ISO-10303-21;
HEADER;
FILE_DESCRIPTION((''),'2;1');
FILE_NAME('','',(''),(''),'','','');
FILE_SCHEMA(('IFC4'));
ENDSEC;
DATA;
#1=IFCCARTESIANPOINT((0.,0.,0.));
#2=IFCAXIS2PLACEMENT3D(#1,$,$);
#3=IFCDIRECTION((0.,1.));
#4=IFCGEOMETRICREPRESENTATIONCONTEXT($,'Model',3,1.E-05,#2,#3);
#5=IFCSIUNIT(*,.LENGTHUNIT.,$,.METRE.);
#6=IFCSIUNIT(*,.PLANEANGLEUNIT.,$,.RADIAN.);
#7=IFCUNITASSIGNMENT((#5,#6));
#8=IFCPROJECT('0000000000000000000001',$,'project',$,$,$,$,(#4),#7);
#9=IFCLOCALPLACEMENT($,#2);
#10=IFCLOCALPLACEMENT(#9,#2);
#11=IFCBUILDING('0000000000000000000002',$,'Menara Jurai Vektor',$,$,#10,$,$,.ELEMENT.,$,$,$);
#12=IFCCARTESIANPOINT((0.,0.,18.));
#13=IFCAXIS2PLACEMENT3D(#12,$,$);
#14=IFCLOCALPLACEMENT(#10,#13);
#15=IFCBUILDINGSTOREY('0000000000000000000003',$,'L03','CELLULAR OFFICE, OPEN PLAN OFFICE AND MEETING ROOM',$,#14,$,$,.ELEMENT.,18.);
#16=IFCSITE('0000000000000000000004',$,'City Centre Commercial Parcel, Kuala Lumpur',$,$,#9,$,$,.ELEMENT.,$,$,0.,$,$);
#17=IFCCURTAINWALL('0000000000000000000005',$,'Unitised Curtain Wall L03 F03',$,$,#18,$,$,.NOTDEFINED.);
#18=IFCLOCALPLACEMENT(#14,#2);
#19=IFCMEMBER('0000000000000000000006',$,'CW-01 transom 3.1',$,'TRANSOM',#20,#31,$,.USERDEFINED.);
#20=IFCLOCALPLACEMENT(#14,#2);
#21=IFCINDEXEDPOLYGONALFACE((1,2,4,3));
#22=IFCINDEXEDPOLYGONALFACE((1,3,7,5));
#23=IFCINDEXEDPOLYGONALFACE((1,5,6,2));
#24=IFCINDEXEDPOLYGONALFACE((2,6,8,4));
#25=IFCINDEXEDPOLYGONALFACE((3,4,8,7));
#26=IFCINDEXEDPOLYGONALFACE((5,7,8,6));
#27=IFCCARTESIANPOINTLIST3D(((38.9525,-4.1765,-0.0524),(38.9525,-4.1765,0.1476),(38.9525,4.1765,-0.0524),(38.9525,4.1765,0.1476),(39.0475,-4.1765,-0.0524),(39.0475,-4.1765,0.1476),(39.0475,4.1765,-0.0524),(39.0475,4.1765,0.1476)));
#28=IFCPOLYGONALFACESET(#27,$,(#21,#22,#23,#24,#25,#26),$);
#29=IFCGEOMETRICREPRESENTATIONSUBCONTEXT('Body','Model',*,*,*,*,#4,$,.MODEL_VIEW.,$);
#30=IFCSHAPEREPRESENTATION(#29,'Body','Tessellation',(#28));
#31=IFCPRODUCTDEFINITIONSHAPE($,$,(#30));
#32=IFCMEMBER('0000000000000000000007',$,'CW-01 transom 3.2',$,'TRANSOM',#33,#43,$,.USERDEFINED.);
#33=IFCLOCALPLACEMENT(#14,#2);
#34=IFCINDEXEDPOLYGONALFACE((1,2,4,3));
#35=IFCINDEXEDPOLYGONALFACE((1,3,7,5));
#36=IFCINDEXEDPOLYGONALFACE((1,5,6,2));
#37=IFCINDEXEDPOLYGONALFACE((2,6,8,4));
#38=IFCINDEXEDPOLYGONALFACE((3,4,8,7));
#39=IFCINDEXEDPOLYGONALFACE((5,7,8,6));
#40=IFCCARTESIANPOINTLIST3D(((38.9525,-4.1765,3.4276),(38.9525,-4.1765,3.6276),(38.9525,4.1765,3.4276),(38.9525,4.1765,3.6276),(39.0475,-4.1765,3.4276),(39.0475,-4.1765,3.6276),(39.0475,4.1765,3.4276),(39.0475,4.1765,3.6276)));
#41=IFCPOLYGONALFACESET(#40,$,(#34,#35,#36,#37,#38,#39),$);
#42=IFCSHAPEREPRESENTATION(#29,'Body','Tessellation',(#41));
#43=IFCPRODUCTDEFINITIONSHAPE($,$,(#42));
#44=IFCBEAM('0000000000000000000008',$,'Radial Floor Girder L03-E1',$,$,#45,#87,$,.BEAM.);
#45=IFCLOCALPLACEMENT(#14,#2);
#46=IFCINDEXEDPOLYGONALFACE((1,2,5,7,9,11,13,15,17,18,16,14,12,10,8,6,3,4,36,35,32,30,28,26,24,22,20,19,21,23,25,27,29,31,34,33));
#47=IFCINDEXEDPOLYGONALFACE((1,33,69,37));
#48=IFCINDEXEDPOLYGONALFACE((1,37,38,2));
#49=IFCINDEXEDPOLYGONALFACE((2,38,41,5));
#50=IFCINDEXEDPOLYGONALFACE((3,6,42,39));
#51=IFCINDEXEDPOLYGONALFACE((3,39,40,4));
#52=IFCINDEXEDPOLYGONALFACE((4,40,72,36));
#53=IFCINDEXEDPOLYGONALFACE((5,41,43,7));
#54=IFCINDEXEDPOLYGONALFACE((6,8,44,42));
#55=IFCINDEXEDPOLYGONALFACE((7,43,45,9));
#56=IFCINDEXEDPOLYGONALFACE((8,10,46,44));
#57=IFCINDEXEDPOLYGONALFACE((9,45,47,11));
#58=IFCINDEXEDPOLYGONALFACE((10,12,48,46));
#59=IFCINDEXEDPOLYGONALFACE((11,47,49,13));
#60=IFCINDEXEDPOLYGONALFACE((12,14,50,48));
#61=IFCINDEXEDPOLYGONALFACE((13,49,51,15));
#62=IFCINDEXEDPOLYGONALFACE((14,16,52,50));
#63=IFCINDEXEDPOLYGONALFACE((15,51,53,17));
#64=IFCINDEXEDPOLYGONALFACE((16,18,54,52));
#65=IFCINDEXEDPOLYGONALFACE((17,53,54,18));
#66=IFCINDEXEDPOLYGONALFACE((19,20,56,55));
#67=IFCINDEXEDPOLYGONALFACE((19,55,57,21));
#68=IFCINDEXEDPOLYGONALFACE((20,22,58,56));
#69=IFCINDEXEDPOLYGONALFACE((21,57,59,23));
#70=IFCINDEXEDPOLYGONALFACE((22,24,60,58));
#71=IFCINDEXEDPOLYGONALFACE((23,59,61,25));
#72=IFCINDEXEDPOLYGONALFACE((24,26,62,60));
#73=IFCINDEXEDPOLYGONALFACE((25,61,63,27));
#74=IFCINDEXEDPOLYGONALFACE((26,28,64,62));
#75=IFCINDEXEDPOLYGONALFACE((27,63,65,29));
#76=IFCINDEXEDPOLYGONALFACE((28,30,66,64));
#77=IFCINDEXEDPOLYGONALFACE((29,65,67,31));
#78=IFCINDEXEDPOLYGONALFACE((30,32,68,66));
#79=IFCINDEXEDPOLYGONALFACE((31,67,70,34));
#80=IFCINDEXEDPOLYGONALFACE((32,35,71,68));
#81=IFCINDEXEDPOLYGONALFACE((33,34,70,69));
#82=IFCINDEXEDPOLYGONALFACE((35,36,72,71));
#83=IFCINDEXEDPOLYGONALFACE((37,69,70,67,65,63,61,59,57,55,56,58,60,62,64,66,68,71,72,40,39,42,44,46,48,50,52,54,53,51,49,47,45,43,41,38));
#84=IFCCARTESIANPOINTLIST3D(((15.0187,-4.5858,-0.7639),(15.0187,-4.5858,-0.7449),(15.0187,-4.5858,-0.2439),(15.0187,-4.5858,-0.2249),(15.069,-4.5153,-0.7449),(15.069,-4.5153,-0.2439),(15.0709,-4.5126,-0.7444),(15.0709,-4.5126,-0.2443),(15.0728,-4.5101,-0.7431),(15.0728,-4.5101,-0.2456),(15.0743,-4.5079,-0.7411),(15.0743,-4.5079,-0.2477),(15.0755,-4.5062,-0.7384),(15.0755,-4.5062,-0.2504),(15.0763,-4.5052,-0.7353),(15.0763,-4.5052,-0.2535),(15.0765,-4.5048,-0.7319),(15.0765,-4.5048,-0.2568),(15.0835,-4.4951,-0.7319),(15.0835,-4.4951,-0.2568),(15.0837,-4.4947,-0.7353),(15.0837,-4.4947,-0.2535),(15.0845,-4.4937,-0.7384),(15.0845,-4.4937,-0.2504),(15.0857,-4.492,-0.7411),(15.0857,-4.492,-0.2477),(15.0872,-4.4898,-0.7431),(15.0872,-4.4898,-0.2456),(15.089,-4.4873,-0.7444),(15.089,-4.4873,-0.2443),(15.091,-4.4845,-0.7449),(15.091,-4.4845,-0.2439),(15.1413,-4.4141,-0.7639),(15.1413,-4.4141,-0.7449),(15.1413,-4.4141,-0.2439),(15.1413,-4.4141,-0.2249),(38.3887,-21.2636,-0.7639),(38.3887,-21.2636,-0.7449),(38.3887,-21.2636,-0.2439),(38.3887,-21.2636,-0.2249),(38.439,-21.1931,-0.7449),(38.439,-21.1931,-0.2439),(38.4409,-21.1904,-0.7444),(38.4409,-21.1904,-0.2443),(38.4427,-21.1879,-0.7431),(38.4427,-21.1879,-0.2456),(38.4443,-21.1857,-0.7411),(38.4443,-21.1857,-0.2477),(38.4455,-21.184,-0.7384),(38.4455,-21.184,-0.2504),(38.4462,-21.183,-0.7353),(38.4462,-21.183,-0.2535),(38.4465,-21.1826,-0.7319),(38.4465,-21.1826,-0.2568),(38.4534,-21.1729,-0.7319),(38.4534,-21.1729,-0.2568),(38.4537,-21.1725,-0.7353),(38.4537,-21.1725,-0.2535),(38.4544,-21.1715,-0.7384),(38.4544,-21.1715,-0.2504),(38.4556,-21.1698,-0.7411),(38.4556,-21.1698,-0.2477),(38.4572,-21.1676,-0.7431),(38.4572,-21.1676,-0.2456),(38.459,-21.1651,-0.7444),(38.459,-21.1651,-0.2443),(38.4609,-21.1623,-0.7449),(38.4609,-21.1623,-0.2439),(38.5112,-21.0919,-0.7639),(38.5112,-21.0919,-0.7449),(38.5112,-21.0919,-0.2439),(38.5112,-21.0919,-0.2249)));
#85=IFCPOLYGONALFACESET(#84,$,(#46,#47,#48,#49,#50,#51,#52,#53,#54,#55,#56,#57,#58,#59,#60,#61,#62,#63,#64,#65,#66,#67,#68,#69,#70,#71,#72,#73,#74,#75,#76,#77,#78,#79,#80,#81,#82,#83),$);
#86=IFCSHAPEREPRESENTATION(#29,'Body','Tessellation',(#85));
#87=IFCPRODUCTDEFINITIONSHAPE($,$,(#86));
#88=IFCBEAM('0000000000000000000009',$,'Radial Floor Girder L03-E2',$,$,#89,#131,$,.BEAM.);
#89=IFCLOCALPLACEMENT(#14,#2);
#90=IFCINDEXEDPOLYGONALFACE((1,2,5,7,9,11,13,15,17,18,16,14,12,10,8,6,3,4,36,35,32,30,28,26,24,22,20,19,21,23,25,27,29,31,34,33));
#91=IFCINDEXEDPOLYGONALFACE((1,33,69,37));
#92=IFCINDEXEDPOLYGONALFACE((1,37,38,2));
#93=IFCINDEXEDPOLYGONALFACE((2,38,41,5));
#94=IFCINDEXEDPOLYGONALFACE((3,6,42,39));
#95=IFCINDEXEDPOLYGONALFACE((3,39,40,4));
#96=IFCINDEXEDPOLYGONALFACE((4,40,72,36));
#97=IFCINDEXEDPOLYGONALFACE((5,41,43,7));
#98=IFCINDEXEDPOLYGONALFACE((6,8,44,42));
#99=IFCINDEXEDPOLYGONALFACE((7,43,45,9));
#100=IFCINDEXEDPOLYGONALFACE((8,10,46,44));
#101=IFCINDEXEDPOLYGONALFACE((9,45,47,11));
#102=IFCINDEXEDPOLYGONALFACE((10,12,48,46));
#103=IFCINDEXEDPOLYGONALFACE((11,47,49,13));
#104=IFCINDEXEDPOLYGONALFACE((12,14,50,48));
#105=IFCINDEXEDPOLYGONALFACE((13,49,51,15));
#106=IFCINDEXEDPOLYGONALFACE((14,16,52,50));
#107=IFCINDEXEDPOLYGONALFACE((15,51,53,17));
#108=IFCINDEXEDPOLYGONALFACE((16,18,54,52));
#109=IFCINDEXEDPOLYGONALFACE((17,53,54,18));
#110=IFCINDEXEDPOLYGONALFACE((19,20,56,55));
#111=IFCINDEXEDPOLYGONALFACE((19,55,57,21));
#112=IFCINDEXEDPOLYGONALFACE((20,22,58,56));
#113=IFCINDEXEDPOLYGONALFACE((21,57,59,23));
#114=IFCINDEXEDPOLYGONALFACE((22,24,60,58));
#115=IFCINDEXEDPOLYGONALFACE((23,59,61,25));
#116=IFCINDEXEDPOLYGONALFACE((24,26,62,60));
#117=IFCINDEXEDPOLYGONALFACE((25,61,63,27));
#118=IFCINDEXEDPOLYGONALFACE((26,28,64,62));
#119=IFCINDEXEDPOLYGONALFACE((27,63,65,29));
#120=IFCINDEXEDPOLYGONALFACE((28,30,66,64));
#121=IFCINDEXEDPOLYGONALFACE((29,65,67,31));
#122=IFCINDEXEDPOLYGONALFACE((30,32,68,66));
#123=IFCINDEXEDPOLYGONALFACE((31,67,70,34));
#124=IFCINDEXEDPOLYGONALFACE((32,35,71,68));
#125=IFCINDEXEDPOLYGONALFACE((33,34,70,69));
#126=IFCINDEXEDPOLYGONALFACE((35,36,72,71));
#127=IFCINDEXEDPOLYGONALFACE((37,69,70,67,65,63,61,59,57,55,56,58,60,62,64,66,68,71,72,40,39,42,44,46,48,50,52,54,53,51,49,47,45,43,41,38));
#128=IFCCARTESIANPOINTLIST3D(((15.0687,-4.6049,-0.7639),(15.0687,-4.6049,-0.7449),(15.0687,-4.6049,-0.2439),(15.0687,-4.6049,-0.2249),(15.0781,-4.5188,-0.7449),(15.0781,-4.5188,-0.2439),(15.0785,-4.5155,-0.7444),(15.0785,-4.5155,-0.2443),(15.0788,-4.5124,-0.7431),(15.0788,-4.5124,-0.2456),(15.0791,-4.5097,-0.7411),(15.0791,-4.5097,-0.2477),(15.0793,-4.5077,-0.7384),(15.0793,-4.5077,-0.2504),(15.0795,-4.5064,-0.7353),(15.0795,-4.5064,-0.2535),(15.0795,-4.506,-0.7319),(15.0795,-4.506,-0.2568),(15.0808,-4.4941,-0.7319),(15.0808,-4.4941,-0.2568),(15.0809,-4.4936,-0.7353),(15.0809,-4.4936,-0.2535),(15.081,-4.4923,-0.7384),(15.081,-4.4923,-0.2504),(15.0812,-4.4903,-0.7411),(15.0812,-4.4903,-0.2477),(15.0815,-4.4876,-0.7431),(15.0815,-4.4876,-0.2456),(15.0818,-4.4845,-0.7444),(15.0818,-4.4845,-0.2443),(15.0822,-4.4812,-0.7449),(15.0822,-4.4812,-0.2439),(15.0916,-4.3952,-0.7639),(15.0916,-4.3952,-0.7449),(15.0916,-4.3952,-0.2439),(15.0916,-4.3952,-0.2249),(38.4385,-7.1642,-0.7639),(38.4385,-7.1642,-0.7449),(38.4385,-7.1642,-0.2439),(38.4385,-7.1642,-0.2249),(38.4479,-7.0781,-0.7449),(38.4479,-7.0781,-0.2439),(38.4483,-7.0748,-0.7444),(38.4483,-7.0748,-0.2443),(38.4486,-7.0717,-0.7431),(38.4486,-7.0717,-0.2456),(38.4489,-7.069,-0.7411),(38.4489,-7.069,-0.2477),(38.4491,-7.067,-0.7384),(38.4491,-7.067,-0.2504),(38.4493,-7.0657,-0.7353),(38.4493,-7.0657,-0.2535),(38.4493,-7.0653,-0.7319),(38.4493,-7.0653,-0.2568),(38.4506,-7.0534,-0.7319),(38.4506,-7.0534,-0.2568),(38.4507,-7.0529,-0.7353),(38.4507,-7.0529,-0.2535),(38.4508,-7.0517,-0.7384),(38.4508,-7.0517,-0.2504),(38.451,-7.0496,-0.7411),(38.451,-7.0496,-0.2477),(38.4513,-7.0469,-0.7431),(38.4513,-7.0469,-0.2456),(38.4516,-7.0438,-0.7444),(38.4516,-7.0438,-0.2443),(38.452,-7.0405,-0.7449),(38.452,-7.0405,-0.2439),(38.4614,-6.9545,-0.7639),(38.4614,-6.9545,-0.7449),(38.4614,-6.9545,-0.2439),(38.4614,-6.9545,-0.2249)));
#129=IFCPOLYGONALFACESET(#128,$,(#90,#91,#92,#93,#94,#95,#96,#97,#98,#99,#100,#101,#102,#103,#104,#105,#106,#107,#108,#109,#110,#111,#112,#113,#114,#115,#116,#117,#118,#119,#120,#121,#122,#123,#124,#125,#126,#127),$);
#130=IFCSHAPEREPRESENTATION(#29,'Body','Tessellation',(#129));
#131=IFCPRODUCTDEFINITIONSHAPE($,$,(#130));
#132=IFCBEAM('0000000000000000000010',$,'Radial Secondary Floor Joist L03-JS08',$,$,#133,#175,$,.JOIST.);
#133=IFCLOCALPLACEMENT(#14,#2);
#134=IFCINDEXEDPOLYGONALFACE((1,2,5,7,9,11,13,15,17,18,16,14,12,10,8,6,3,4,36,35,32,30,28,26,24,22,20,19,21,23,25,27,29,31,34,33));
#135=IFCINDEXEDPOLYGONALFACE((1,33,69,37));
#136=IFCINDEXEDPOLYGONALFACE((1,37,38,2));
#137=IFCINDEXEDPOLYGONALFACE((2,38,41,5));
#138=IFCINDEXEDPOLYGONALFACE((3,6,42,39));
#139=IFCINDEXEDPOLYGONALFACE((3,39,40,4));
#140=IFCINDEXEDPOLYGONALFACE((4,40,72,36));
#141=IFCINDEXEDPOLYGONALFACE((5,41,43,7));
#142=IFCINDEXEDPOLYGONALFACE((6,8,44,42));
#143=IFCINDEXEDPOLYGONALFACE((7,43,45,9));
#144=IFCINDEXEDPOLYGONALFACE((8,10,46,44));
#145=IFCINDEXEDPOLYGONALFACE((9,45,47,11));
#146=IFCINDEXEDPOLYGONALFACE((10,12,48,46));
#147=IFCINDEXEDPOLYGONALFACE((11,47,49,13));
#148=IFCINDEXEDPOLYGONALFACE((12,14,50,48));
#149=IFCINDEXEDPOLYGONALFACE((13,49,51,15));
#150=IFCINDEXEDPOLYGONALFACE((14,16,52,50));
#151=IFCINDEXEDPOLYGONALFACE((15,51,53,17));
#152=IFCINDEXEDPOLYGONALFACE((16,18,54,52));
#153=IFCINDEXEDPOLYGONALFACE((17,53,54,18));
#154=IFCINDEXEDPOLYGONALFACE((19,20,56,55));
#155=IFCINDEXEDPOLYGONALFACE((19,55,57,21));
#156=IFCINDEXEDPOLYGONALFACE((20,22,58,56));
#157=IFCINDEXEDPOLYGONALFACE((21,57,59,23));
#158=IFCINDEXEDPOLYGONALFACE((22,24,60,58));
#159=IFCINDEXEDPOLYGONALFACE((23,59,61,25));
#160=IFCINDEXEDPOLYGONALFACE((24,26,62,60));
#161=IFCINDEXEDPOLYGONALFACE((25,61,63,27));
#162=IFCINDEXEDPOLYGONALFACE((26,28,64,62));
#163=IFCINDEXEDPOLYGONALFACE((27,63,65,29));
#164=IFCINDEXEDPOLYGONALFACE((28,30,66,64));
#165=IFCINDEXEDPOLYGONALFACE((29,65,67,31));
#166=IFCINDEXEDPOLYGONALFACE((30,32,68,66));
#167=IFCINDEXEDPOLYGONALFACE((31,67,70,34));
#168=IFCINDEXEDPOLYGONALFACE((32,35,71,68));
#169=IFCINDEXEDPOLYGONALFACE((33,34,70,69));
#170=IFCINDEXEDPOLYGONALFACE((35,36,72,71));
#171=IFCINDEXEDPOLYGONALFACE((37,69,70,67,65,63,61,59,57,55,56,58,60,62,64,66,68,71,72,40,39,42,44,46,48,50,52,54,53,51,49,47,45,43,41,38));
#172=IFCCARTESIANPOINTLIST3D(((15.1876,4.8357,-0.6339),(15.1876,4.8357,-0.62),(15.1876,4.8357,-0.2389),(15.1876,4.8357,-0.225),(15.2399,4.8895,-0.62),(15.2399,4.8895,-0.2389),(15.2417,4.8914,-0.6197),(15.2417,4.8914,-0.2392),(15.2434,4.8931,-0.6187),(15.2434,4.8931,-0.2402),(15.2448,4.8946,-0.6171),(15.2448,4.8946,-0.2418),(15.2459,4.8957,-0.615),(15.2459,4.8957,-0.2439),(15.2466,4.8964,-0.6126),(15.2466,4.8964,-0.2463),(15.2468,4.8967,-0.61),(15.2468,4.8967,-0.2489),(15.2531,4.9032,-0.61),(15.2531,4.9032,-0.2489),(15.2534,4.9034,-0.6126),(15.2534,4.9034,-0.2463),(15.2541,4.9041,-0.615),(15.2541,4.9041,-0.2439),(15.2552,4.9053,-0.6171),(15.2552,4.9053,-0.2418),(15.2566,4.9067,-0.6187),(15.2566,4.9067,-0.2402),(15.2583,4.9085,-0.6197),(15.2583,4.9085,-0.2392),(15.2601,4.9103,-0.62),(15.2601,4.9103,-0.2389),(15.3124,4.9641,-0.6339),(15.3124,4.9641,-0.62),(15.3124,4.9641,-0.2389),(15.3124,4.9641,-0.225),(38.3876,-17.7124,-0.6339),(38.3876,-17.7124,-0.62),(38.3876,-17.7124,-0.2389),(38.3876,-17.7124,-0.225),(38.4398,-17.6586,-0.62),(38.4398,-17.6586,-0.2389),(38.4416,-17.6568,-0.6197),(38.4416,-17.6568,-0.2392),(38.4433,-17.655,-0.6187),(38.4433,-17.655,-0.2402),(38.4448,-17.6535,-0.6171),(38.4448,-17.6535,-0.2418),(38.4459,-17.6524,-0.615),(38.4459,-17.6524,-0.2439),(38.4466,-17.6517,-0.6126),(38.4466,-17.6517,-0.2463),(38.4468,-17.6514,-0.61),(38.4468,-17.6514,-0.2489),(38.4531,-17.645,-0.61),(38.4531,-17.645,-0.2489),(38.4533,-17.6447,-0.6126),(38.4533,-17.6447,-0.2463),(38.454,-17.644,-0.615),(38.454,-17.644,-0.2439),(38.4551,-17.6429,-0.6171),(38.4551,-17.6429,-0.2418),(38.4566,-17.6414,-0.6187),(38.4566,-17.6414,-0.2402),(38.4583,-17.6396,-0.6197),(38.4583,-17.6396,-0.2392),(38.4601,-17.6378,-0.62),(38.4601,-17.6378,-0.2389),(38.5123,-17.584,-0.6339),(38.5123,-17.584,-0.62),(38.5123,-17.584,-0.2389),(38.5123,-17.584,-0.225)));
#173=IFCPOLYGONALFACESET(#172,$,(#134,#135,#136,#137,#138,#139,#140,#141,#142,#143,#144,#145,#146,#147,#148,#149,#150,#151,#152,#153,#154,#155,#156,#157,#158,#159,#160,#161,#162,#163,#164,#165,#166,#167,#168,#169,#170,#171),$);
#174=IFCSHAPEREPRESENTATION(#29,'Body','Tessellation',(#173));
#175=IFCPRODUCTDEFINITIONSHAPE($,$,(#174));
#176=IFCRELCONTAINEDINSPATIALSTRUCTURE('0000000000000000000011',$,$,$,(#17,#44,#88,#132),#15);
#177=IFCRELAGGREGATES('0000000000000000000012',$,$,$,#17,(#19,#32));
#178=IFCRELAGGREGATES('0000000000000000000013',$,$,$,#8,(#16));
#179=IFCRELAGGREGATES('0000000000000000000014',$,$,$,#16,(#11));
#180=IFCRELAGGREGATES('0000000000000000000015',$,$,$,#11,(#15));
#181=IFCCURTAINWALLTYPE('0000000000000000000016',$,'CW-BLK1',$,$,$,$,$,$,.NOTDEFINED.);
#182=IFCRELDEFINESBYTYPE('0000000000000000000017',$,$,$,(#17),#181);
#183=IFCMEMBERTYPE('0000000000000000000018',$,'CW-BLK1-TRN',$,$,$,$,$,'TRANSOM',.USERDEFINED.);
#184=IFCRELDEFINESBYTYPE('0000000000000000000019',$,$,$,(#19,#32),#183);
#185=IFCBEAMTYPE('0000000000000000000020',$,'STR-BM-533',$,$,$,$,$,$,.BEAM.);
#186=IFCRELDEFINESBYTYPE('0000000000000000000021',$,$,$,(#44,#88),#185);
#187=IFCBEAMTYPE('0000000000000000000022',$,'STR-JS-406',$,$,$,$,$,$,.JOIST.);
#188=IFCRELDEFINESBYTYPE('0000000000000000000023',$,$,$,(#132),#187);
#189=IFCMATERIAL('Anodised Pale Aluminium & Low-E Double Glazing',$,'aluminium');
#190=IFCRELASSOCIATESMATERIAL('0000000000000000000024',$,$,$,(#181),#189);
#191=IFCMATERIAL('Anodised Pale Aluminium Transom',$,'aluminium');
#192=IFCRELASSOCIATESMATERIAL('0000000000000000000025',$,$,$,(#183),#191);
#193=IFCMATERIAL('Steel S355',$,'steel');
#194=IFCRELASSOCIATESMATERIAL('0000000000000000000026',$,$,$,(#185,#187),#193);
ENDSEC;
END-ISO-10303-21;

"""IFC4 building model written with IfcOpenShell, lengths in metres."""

from ifc_helpers import new_model, si_unit, direction, frame, origin, origin_2d, place, context, subcontext, project, spatial, rectangle, i_section, extrude, material, material_profile, profile_set, type_object, element, aggregate, save


model = new_model("IFC4")

# Units and contexts
model_context = context("Model", 3, precision=1e-05, world=origin(), true_north=direction((0.0, 1.0)))
body_context = subcontext(model_context, "Body", "Model", "MODEL_VIEW")
ifc_project = project(units=[si_unit("LENGTHUNIT", "METRE"), si_unit("PLANEANGLEUNIT", "RADIAN")], contexts=[model_context])

# Site, building, storey
site_placement = place(None, origin())
site = spatial("IfcSite", under=ifc_project, at=site_placement, Name="City Centre Commercial Parcel, Kuala Lumpur", CompositionType="ELEMENT", RefElevation=0.0)
building_placement = place(site_placement, origin())
building = spatial("IfcBuilding", under=site, at=building_placement, Name="Menara Jurai Vektor", CompositionType="ELEMENT")
storey_placement = place(building_placement, frame((0.0, 0.0, 18.0)))
storey = spatial("IfcBuildingStorey", under=building, at=storey_placement, Name="L03", Description="CELLULAR OFFICE, OPEN PLAN OFFICE AND MEETING ROOM", CompositionType="ELEMENT", Elevation=18.0)

# Curtain wall, members
ifc_material_1 = material(Name="Anodised Pale Aluminium & Low-E Double Glazing", Category="aluminium")
curtain_wall_type = type_object("IfcCurtainWallType", Name="CW-BLK1", PredefinedType="NOTDEFINED", material=ifc_material_1)
curtain_wall_placement = place(storey_placement, origin())
curtain_wall = element("IfcCurtainWall", 1, at=curtain_wall_placement, inside=storey, type_object=curtain_wall_type, Name="Unitised Curtain Wall L03 F03", PredefinedType="NOTDEFINED")
ifc_material_2 = material(Name="Anodised Pale Aluminium Transom", Category="aluminium")
ifc_material_profile_1 = material_profile(ifc_material_2, rectangle(XDim=0.095, YDim=0.2, at=origin_2d()), Name="ALU TRN 95x200")
ifc_profile_set_1 = profile_set([ifc_material_profile_1], Name="Anodised Pale Aluminium Transom")
member_type_1 = type_object("IfcMemberType", Name="CW-BLK1-TRN", ElementType="TRANSOM", PredefinedType="USERDEFINED", material=ifc_profile_set_1)
member_1_placement = place(storey_placement, frame((39.0, -4.1765, 0.0476), z_axis=(0.0, 1.0, 0.0), x_axis=(-1.0, 0.0, 0.0)))
member_1 = element("IfcMember", 2, at=member_1_placement, type_object=member_type_1, Name="CW-01 transom 3.1", ObjectType="TRANSOM", PredefinedType="USERDEFINED", context=body_context, shape_type="SweptSolid", body=[
    extrude(rectangle(XDim=0.095, YDim=0.2, at=origin_2d()), origin(), (0.0, 0.0, 1.0), 8.353),
])
member_2_placement = place(storey_placement, frame((39.0, -4.1765, 3.5276), z_axis=(0.0, 1.0, 0.0), x_axis=(-1.0, 0.0, 0.0)))
member_2 = element("IfcMember", 3, at=member_2_placement, type_object=member_type_1, Name="CW-01 transom 3.2", ObjectType="TRANSOM", PredefinedType="USERDEFINED", context=body_context, shape_type="SweptSolid", body=[
    extrude(rectangle(XDim=0.095, YDim=0.2, at=origin_2d()), origin(), (0.0, 0.0, 1.0), 8.353),
])

# Beams
ifc_material_3 = material(Name="Steel S355", Category="steel")
ifc_material_profile_2 = material_profile(ifc_material_3, i_section(OverallWidth=0.2109, OverallDepth=0.5391, WebThickness=0.012, FlangeThickness=0.019, FilletRadius=0.0129, at=origin_2d()), Name="UKB 533x210x109")
ifc_profile_set_2 = profile_set([ifc_material_profile_2], Name="Steel S355")
beam_type_1 = type_object("IfcBeamType", Name="STR-BM-533", PredefinedType="BEAM", material=ifc_profile_set_2)
beam_1_placement = place(storey_placement, frame((38.45, -21.1777, -0.4944), z_axis=(-0.813981, 0.580891, 0.0), x_axis=(-0.580891, -0.813981, 0.0)))
element("IfcBeam", 4, at=beam_1_placement, inside=storey, type_object=beam_type_1, Name="Radial Floor Girder L03-E1", PredefinedType="BEAM", context=body_context, shape_type="SweptSolid", body=[
    extrude(i_section(OverallWidth=0.2109, OverallDepth=0.5391, WebThickness=0.012, FlangeThickness=0.019, FilletRadius=0.0129, at=origin_2d()), origin(), (0.0, 0.0, 1.0), 28.7107),
])
beam_2_placement = place(storey_placement, frame((38.45, -7.0593, -0.4944), z_axis=(-0.994057, 0.108863, 0.0), x_axis=(-0.108863, -0.994057, 0.0)))
element("IfcBeam", 5, at=beam_2_placement, inside=storey, type_object=beam_type_1, Name="Radial Floor Girder L03-E2", PredefinedType="BEAM", context=body_context, shape_type="SweptSolid", body=[
    extrude(i_section(OverallWidth=0.2109, OverallDepth=0.5391, WebThickness=0.012, FlangeThickness=0.019, FilletRadius=0.0129, at=origin_2d()), origin(), (0.0, 0.0, 1.0), 23.5095),
])
ifc_material_profile_3 = material_profile(ifc_material_3, i_section(OverallWidth=0.179, OverallDepth=0.4089, WebThickness=0.009, FlangeThickness=0.0139, FilletRadius=0.01, at=origin_2d()), Name="UKB 406x178x67")
ifc_profile_set_3 = profile_set([ifc_material_profile_3], Name="Steel S355")
beam_type_2 = type_object("IfcBeamType", Name="STR-JS-406", PredefinedType="JOIST", material=ifc_profile_set_3)
beam_3_placement = place(storey_placement, frame((38.45, -17.6482, -0.4294), z_axis=(-0.717109, 0.696961, 0.0), x_axis=(-0.696961, -0.717109, 0.0)))
element("IfcBeam", 6, at=beam_3_placement, inside=storey, type_object=beam_type_2, Name="Radial Secondary Floor Joist L03-JS08", PredefinedType="JOIST", context=body_context, shape_type="SweptSolid", body=[
    extrude(i_section(OverallWidth=0.179, OverallDepth=0.4089, WebThickness=0.009, FlangeThickness=0.0139, FilletRadius=0.01, at=origin_2d()), origin(), (0.0, 0.0, 1.0), 32.3521),
])

aggregate(curtain_wall, [member_1, member_2])

save(model, "model.ifc")
